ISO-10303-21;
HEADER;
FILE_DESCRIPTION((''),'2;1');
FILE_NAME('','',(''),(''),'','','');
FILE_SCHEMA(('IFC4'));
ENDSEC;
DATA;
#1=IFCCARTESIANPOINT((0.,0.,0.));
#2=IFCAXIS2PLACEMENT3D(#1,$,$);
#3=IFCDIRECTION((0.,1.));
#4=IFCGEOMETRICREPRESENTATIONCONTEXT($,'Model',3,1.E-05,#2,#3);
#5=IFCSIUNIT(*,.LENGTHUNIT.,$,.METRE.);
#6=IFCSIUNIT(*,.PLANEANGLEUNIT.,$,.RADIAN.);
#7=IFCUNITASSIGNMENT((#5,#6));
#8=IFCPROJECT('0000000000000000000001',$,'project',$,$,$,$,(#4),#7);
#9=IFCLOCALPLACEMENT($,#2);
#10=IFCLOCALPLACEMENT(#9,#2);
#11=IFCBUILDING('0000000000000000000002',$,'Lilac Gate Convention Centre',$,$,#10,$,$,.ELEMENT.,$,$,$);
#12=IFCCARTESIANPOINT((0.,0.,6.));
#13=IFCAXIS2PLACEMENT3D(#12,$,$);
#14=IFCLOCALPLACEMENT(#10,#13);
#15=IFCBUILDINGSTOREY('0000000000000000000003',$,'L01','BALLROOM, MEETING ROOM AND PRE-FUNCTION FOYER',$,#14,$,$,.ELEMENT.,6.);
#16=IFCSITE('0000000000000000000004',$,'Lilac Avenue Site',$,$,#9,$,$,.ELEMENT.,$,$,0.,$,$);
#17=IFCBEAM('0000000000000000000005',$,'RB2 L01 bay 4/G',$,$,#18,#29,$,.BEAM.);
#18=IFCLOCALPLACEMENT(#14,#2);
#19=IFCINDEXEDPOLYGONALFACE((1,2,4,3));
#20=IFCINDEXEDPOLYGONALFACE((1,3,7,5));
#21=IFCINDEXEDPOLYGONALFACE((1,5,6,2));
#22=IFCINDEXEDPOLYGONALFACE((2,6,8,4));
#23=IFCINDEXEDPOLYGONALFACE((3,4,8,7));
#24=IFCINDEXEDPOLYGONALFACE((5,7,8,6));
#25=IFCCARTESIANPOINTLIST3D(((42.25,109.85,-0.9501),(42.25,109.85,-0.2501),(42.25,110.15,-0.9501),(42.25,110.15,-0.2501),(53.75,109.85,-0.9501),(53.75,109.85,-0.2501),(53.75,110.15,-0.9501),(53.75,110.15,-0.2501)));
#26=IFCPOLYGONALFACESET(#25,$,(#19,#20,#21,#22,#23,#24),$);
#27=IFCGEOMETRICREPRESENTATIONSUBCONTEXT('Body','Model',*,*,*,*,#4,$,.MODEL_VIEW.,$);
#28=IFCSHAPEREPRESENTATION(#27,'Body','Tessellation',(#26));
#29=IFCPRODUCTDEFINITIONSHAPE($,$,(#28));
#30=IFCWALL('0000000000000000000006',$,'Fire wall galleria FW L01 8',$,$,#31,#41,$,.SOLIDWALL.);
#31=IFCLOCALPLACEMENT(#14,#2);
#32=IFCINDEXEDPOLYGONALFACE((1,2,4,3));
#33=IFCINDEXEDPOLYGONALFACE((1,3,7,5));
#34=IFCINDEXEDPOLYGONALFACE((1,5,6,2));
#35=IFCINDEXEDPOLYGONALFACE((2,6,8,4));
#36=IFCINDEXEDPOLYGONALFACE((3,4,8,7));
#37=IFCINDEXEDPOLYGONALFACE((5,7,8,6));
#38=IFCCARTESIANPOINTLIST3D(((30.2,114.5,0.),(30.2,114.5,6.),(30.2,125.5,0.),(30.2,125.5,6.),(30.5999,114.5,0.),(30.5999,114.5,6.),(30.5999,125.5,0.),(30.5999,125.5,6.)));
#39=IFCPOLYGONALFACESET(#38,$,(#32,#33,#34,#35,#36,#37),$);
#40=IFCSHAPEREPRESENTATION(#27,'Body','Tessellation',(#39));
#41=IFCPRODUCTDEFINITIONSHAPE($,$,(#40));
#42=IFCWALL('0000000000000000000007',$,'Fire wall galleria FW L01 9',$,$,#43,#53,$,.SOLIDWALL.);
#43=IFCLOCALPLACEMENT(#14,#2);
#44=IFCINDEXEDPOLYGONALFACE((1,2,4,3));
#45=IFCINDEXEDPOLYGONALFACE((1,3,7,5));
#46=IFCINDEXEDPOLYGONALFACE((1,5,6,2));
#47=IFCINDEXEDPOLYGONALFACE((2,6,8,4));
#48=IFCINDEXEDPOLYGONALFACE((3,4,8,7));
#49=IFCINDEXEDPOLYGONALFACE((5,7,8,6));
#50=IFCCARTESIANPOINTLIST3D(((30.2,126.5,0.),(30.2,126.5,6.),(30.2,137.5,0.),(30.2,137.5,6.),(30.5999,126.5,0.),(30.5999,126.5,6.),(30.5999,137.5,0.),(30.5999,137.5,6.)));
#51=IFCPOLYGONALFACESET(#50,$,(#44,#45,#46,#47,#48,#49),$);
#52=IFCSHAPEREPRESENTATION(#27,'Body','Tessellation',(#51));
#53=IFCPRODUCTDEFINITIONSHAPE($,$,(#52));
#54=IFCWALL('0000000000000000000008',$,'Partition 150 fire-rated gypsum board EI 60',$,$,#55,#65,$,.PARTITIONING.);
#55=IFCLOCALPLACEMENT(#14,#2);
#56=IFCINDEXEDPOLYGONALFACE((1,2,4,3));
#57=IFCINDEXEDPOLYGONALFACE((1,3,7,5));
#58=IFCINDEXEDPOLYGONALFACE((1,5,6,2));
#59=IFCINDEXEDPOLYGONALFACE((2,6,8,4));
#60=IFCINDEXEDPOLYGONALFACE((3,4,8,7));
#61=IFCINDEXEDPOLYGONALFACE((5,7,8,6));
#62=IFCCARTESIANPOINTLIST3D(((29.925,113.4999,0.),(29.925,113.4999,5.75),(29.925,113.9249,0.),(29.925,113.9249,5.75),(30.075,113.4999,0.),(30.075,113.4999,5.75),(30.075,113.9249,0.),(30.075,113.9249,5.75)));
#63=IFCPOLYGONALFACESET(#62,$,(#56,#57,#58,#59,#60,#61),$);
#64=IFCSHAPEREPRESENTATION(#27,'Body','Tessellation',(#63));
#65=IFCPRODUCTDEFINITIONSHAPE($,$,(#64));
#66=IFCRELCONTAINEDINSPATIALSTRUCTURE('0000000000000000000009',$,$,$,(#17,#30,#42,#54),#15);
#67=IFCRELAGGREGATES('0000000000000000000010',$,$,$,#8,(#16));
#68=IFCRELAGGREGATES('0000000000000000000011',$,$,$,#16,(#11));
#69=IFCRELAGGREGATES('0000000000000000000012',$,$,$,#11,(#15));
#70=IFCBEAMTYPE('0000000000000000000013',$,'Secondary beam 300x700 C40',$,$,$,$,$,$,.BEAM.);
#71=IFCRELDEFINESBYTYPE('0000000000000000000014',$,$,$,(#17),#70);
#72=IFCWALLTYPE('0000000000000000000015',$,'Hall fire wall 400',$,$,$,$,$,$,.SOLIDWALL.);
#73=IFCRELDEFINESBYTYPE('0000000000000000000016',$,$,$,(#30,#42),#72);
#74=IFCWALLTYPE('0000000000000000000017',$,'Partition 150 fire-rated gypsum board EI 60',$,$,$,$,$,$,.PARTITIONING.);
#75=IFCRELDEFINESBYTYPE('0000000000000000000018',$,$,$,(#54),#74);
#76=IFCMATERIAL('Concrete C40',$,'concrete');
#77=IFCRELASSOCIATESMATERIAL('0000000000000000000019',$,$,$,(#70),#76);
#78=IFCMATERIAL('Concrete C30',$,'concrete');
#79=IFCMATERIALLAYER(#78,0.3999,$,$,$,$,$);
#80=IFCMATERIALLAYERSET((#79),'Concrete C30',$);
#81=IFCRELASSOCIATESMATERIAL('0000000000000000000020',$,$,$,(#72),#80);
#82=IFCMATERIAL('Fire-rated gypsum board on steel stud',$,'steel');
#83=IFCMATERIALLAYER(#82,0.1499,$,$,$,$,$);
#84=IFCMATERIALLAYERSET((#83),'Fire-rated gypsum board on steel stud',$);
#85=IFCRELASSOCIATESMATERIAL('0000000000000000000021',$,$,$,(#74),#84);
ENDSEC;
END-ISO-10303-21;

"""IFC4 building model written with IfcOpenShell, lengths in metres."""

from ifc_helpers import new_model, si_unit, direction, frame, frame_2d, origin, origin_2d, place, context, subcontext, project, spatial, rectangle, extrude, material, layer, layer_set, material_profile, profile_set, type_object, element, save


model = new_model("IFC4")

# Units and contexts
model_context = context("Model", 3, precision=1e-05, world=origin(), true_north=direction((0.0, 1.0)))
body_context = subcontext(model_context, "Body", "Model", "MODEL_VIEW")
ifc_project = project(units=[si_unit("LENGTHUNIT", "METRE"), si_unit("PLANEANGLEUNIT", "RADIAN")], contexts=[model_context])

# Site, building, storey
site_placement = place(None, origin())
site = spatial("IfcSite", under=ifc_project, at=site_placement, Name="Lilac Avenue Site", CompositionType="ELEMENT", RefElevation=0.0)
building_placement = place(site_placement, origin())
building = spatial("IfcBuilding", under=site, at=building_placement, Name="Lilac Gate Convention Centre", CompositionType="ELEMENT")
storey_placement = place(building_placement, frame((0.0, 0.0, 6.0)))
storey = spatial("IfcBuildingStorey", under=building, at=storey_placement, Name="L01", Description="BALLROOM, MEETING ROOM AND PRE-FUNCTION FOYER", CompositionType="ELEMENT", Elevation=6.0)

# Shared definitions
ifc_material_1 = material(Name="Concrete C40", Category="concrete")

# Beam
ifc_material_profile_1 = material_profile(ifc_material_1, rectangle(XDim=0.3, YDim=0.7, at=origin_2d()), Name="RC 300x700")
ifc_profile_set_1 = profile_set([ifc_material_profile_1], Name="Concrete C40")
beam_type_1 = type_object("IfcBeamType", Name="Secondary beam 300x700 C40", PredefinedType="BEAM", material=ifc_profile_set_1)
for number, where, z_axis, x_axis, name in (
    (1, (42.25, 110.0, -0.6001), (1.0, 0.0, 0.0), (0.0, 1.0, 0.0), "RB2 L01 bay 4/G"),
):
    element("IfcBeam", number, at=place(storey_placement, frame(where, z_axis=z_axis, x_axis=x_axis)), inside=storey, type_object=beam_type_1, Name=name, PredefinedType="BEAM", context=body_context, shape_type="SweptSolid", body=[
        extrude(rectangle(XDim=0.3, YDim=0.7, at=origin_2d()), origin(), (0.0, 0.0, 1.0), 11.5),
    ])

# Walls
ifc_material_2 = material(Name="Concrete C30", Category="concrete")
ifc_layer_1 = layer(ifc_material_2, 0.3999)
ifc_layer_set_1 = layer_set([ifc_layer_1], Name="Concrete C30")
wall_type_1 = type_object("IfcWallType", Name="Hall fire wall 400", PredefinedType="SOLIDWALL", material=ifc_layer_set_1)
for number, where, z_axis, x_axis, name in (
    (2, (30.3999, 114.5, 0.0), (0.0, 0.0, 1.0), (0.0, 1.0, 0.0), "Fire wall galleria FW L01 8"),
    (3, (30.3999, 126.5, 0.0), (0.0, 0.0, 1.0), (0.0, 1.0, 0.0), "Fire wall galleria FW L01 9"),
):
    element("IfcWall", number, at=place(storey_placement, frame(where, z_axis=z_axis, x_axis=x_axis)), inside=storey, type_object=wall_type_1, Name=name, PredefinedType="SOLIDWALL", context=body_context, shape_type="SweptSolid", body=[
        extrude(rectangle(XDim=11.0, YDim=0.3999, at=frame_2d((5.5, 0.0))), origin(), (0.0, 0.0, 1.0), 6.0),
    ])
ifc_material_3 = material(Name="Fire-rated gypsum board on steel stud", Category="steel")
ifc_layer_2 = layer(ifc_material_3, 0.1499)
ifc_layer_set_2 = layer_set([ifc_layer_2], Name="Fire-rated gypsum board on steel stud")
wall_type_2 = type_object("IfcWallType", Name="Partition 150 fire-rated gypsum board EI 60", PredefinedType="PARTITIONING", material=ifc_layer_set_2)
wall_placement = place(storey_placement, frame((30.0, 113.5, 0.0), z_axis=(0.0, 0.0, 1.0), x_axis=(0.0, 1.0, 0.0)))
element("IfcWall", 4, at=wall_placement, inside=storey, type_object=wall_type_2, Name="Partition 150 fire-rated gypsum board EI 60", PredefinedType="PARTITIONING", context=body_context, shape_type="SweptSolid", body=[
    extrude(rectangle(XDim=0.425, YDim=0.1499, at=frame_2d((0.2124, 0.0))), origin(), (0.0, 0.0, 1.0), 5.75),
])

save(model, "model.ifc")
